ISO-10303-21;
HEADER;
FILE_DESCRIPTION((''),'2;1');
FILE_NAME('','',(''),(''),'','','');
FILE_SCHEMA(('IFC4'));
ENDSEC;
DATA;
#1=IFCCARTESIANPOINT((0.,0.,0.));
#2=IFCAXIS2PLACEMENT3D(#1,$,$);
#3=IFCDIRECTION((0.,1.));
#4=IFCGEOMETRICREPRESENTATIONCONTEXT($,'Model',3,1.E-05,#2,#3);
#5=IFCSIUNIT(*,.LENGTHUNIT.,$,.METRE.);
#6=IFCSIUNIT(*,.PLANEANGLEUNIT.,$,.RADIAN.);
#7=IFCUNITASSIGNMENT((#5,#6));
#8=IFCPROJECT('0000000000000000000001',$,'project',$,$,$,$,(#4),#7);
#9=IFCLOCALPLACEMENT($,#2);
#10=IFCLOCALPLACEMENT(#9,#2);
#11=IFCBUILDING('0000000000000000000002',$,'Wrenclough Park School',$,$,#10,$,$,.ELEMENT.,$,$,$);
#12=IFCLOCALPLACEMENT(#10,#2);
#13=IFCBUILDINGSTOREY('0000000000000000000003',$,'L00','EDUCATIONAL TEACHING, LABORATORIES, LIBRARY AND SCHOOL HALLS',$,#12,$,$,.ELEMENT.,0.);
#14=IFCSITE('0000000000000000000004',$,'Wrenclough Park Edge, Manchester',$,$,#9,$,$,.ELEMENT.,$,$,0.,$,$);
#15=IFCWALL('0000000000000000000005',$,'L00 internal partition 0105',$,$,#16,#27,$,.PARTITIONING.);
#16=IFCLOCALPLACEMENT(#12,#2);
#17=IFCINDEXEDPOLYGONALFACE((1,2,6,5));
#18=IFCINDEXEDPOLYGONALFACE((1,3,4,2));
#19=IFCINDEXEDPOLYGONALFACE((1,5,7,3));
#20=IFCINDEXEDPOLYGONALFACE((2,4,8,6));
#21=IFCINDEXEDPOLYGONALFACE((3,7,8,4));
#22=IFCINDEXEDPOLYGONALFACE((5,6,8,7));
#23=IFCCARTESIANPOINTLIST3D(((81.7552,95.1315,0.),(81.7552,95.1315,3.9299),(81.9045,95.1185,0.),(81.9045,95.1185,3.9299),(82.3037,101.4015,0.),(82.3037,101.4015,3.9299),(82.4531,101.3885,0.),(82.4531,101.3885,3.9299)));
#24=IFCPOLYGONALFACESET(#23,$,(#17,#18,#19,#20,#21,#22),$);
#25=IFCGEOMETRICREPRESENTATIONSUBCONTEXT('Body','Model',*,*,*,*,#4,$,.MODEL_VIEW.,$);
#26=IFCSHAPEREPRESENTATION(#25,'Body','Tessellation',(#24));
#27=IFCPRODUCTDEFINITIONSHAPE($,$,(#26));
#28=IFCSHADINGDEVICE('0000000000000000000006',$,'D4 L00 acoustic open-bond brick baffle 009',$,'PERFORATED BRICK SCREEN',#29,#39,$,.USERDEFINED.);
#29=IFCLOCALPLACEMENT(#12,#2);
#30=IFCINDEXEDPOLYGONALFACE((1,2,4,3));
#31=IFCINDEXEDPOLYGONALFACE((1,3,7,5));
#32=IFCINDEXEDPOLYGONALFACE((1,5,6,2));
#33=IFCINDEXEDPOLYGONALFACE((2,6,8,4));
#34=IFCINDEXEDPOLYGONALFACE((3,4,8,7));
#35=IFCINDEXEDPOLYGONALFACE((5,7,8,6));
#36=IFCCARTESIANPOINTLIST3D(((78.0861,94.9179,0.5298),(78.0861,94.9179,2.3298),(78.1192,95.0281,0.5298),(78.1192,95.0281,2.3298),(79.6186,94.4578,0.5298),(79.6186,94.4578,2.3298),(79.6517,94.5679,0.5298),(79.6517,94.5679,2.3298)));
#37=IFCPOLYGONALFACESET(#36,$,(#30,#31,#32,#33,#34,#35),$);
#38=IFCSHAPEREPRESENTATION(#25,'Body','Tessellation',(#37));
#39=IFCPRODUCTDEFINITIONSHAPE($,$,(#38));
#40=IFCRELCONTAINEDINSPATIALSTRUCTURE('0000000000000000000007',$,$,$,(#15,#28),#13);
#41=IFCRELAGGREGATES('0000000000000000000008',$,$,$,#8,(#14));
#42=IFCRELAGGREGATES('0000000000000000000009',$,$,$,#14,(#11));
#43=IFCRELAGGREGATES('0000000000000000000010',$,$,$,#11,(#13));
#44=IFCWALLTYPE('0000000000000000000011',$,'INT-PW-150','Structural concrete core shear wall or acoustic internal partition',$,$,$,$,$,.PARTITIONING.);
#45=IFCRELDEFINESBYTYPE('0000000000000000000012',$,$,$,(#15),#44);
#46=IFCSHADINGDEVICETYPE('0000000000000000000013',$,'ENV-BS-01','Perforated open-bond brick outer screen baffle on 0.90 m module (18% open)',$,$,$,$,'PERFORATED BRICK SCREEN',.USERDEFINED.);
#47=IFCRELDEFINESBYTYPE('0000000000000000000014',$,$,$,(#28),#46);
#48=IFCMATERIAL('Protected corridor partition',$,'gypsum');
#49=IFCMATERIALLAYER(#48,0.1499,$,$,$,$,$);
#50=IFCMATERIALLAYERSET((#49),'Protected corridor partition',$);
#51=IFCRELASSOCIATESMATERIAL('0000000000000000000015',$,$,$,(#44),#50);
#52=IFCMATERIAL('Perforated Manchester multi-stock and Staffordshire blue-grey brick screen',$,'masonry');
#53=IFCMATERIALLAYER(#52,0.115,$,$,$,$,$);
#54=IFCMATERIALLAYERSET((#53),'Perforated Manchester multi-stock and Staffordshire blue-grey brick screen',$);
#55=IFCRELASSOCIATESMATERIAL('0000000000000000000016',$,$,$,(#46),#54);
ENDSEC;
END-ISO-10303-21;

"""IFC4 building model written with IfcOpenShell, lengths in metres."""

from ifc_helpers import new_model, si_unit, direction, frame, frame_2d, origin, origin_2d, place, context, subcontext, project, spatial, rectangle, extrude, material, layer, layer_set, type_object, element, save


model = new_model("IFC4")

# Units and contexts
model_context = context("Model", 3, precision=1e-05, world=origin(), true_north=direction((0.0, 1.0)))
body_context = subcontext(model_context, "Body", "Model", "MODEL_VIEW")
ifc_project = project(units=[si_unit("LENGTHUNIT", "METRE"), si_unit("PLANEANGLEUNIT", "RADIAN")], contexts=[model_context])

# Site, building, storey
site_placement = place(None, origin())
site = spatial("IfcSite", under=ifc_project, at=site_placement, Name="Wrenclough Park Edge, Manchester", CompositionType="ELEMENT", RefElevation=0.0)
building_placement = place(site_placement, origin())
building = spatial("IfcBuilding", under=site, at=building_placement, Name="Wrenclough Park School", CompositionType="ELEMENT")
storey_placement = place(building_placement, origin())
storey = spatial("IfcBuildingStorey", under=building, at=storey_placement, Name="L00", Description="EDUCATIONAL TEACHING, LABORATORIES, LIBRARY AND SCHOOL HALLS", CompositionType="ELEMENT", Elevation=0.0)

# Wall
ifc_material_1 = material(Name="Protected corridor partition", Category="gypsum")
ifc_layer_1 = layer(ifc_material_1, 0.1499)
ifc_layer_set_1 = layer_set([ifc_layer_1], Name="Protected corridor partition")
wall_type_1 = type_object("IfcWallType", Name="INT-PW-150", Description="Structural concrete core shear wall or acoustic internal partition", PredefinedType="PARTITIONING", material=ifc_layer_set_1)
wall_1_placement = place(storey_placement, frame((81.8298, 95.125, 0.0), z_axis=(0.0, 0.0, 1.0), x_axis=(0.08716, 0.996194, 0.0)))
element("IfcWall", 1, at=wall_1_placement, inside=storey, type_object=wall_type_1, Name="L00 internal partition 0105", PredefinedType="PARTITIONING", context=body_context, shape_type="SweptSolid", body=[
    extrude(rectangle(XDim=6.2939, YDim=0.1499, at=frame_2d((3.147, 0.0))), origin(), (0.0, 0.0, 1.0), 3.9299),
])

# Shading device
ifc_material_2 = material(Name="Perforated Manchester multi-stock and Staffordshire blue-grey brick screen", Category="masonry")
ifc_layer_2 = layer(ifc_material_2, 0.115)
ifc_layer_set_2 = layer_set([ifc_layer_2], Name="Perforated Manchester multi-stock and Staffordshire blue-grey brick screen")
shading_device_type = type_object("IfcShadingDeviceType", Name="ENV-BS-01", Description="Perforated open-bond brick outer screen baffle on 0.90 m module (18% open)", ElementType="PERFORATED BRICK SCREEN", PredefinedType="USERDEFINED", material=ifc_layer_set_2)
shading_device_placement = place(storey_placement, frame((78.8689, 94.7429, 0.5298), z_axis=(0.0, 0.0, 1.0), x_axis=(0.957751, -0.287598, 0.0)))
element("IfcShadingDevice", 2, at=shading_device_placement, inside=storey, type_object=shading_device_type, Name="D4 L00 acoustic open-bond brick baffle 009", ObjectType="PERFORATED BRICK SCREEN", PredefinedType="USERDEFINED", context=body_context, shape_type="SweptSolid", body=[
    extrude(rectangle(XDim=1.6001, YDim=0.115, at=origin_2d()), origin(), (0.0, 0.0, 1.0), 1.8),
])

save(model, "model.ifc")
